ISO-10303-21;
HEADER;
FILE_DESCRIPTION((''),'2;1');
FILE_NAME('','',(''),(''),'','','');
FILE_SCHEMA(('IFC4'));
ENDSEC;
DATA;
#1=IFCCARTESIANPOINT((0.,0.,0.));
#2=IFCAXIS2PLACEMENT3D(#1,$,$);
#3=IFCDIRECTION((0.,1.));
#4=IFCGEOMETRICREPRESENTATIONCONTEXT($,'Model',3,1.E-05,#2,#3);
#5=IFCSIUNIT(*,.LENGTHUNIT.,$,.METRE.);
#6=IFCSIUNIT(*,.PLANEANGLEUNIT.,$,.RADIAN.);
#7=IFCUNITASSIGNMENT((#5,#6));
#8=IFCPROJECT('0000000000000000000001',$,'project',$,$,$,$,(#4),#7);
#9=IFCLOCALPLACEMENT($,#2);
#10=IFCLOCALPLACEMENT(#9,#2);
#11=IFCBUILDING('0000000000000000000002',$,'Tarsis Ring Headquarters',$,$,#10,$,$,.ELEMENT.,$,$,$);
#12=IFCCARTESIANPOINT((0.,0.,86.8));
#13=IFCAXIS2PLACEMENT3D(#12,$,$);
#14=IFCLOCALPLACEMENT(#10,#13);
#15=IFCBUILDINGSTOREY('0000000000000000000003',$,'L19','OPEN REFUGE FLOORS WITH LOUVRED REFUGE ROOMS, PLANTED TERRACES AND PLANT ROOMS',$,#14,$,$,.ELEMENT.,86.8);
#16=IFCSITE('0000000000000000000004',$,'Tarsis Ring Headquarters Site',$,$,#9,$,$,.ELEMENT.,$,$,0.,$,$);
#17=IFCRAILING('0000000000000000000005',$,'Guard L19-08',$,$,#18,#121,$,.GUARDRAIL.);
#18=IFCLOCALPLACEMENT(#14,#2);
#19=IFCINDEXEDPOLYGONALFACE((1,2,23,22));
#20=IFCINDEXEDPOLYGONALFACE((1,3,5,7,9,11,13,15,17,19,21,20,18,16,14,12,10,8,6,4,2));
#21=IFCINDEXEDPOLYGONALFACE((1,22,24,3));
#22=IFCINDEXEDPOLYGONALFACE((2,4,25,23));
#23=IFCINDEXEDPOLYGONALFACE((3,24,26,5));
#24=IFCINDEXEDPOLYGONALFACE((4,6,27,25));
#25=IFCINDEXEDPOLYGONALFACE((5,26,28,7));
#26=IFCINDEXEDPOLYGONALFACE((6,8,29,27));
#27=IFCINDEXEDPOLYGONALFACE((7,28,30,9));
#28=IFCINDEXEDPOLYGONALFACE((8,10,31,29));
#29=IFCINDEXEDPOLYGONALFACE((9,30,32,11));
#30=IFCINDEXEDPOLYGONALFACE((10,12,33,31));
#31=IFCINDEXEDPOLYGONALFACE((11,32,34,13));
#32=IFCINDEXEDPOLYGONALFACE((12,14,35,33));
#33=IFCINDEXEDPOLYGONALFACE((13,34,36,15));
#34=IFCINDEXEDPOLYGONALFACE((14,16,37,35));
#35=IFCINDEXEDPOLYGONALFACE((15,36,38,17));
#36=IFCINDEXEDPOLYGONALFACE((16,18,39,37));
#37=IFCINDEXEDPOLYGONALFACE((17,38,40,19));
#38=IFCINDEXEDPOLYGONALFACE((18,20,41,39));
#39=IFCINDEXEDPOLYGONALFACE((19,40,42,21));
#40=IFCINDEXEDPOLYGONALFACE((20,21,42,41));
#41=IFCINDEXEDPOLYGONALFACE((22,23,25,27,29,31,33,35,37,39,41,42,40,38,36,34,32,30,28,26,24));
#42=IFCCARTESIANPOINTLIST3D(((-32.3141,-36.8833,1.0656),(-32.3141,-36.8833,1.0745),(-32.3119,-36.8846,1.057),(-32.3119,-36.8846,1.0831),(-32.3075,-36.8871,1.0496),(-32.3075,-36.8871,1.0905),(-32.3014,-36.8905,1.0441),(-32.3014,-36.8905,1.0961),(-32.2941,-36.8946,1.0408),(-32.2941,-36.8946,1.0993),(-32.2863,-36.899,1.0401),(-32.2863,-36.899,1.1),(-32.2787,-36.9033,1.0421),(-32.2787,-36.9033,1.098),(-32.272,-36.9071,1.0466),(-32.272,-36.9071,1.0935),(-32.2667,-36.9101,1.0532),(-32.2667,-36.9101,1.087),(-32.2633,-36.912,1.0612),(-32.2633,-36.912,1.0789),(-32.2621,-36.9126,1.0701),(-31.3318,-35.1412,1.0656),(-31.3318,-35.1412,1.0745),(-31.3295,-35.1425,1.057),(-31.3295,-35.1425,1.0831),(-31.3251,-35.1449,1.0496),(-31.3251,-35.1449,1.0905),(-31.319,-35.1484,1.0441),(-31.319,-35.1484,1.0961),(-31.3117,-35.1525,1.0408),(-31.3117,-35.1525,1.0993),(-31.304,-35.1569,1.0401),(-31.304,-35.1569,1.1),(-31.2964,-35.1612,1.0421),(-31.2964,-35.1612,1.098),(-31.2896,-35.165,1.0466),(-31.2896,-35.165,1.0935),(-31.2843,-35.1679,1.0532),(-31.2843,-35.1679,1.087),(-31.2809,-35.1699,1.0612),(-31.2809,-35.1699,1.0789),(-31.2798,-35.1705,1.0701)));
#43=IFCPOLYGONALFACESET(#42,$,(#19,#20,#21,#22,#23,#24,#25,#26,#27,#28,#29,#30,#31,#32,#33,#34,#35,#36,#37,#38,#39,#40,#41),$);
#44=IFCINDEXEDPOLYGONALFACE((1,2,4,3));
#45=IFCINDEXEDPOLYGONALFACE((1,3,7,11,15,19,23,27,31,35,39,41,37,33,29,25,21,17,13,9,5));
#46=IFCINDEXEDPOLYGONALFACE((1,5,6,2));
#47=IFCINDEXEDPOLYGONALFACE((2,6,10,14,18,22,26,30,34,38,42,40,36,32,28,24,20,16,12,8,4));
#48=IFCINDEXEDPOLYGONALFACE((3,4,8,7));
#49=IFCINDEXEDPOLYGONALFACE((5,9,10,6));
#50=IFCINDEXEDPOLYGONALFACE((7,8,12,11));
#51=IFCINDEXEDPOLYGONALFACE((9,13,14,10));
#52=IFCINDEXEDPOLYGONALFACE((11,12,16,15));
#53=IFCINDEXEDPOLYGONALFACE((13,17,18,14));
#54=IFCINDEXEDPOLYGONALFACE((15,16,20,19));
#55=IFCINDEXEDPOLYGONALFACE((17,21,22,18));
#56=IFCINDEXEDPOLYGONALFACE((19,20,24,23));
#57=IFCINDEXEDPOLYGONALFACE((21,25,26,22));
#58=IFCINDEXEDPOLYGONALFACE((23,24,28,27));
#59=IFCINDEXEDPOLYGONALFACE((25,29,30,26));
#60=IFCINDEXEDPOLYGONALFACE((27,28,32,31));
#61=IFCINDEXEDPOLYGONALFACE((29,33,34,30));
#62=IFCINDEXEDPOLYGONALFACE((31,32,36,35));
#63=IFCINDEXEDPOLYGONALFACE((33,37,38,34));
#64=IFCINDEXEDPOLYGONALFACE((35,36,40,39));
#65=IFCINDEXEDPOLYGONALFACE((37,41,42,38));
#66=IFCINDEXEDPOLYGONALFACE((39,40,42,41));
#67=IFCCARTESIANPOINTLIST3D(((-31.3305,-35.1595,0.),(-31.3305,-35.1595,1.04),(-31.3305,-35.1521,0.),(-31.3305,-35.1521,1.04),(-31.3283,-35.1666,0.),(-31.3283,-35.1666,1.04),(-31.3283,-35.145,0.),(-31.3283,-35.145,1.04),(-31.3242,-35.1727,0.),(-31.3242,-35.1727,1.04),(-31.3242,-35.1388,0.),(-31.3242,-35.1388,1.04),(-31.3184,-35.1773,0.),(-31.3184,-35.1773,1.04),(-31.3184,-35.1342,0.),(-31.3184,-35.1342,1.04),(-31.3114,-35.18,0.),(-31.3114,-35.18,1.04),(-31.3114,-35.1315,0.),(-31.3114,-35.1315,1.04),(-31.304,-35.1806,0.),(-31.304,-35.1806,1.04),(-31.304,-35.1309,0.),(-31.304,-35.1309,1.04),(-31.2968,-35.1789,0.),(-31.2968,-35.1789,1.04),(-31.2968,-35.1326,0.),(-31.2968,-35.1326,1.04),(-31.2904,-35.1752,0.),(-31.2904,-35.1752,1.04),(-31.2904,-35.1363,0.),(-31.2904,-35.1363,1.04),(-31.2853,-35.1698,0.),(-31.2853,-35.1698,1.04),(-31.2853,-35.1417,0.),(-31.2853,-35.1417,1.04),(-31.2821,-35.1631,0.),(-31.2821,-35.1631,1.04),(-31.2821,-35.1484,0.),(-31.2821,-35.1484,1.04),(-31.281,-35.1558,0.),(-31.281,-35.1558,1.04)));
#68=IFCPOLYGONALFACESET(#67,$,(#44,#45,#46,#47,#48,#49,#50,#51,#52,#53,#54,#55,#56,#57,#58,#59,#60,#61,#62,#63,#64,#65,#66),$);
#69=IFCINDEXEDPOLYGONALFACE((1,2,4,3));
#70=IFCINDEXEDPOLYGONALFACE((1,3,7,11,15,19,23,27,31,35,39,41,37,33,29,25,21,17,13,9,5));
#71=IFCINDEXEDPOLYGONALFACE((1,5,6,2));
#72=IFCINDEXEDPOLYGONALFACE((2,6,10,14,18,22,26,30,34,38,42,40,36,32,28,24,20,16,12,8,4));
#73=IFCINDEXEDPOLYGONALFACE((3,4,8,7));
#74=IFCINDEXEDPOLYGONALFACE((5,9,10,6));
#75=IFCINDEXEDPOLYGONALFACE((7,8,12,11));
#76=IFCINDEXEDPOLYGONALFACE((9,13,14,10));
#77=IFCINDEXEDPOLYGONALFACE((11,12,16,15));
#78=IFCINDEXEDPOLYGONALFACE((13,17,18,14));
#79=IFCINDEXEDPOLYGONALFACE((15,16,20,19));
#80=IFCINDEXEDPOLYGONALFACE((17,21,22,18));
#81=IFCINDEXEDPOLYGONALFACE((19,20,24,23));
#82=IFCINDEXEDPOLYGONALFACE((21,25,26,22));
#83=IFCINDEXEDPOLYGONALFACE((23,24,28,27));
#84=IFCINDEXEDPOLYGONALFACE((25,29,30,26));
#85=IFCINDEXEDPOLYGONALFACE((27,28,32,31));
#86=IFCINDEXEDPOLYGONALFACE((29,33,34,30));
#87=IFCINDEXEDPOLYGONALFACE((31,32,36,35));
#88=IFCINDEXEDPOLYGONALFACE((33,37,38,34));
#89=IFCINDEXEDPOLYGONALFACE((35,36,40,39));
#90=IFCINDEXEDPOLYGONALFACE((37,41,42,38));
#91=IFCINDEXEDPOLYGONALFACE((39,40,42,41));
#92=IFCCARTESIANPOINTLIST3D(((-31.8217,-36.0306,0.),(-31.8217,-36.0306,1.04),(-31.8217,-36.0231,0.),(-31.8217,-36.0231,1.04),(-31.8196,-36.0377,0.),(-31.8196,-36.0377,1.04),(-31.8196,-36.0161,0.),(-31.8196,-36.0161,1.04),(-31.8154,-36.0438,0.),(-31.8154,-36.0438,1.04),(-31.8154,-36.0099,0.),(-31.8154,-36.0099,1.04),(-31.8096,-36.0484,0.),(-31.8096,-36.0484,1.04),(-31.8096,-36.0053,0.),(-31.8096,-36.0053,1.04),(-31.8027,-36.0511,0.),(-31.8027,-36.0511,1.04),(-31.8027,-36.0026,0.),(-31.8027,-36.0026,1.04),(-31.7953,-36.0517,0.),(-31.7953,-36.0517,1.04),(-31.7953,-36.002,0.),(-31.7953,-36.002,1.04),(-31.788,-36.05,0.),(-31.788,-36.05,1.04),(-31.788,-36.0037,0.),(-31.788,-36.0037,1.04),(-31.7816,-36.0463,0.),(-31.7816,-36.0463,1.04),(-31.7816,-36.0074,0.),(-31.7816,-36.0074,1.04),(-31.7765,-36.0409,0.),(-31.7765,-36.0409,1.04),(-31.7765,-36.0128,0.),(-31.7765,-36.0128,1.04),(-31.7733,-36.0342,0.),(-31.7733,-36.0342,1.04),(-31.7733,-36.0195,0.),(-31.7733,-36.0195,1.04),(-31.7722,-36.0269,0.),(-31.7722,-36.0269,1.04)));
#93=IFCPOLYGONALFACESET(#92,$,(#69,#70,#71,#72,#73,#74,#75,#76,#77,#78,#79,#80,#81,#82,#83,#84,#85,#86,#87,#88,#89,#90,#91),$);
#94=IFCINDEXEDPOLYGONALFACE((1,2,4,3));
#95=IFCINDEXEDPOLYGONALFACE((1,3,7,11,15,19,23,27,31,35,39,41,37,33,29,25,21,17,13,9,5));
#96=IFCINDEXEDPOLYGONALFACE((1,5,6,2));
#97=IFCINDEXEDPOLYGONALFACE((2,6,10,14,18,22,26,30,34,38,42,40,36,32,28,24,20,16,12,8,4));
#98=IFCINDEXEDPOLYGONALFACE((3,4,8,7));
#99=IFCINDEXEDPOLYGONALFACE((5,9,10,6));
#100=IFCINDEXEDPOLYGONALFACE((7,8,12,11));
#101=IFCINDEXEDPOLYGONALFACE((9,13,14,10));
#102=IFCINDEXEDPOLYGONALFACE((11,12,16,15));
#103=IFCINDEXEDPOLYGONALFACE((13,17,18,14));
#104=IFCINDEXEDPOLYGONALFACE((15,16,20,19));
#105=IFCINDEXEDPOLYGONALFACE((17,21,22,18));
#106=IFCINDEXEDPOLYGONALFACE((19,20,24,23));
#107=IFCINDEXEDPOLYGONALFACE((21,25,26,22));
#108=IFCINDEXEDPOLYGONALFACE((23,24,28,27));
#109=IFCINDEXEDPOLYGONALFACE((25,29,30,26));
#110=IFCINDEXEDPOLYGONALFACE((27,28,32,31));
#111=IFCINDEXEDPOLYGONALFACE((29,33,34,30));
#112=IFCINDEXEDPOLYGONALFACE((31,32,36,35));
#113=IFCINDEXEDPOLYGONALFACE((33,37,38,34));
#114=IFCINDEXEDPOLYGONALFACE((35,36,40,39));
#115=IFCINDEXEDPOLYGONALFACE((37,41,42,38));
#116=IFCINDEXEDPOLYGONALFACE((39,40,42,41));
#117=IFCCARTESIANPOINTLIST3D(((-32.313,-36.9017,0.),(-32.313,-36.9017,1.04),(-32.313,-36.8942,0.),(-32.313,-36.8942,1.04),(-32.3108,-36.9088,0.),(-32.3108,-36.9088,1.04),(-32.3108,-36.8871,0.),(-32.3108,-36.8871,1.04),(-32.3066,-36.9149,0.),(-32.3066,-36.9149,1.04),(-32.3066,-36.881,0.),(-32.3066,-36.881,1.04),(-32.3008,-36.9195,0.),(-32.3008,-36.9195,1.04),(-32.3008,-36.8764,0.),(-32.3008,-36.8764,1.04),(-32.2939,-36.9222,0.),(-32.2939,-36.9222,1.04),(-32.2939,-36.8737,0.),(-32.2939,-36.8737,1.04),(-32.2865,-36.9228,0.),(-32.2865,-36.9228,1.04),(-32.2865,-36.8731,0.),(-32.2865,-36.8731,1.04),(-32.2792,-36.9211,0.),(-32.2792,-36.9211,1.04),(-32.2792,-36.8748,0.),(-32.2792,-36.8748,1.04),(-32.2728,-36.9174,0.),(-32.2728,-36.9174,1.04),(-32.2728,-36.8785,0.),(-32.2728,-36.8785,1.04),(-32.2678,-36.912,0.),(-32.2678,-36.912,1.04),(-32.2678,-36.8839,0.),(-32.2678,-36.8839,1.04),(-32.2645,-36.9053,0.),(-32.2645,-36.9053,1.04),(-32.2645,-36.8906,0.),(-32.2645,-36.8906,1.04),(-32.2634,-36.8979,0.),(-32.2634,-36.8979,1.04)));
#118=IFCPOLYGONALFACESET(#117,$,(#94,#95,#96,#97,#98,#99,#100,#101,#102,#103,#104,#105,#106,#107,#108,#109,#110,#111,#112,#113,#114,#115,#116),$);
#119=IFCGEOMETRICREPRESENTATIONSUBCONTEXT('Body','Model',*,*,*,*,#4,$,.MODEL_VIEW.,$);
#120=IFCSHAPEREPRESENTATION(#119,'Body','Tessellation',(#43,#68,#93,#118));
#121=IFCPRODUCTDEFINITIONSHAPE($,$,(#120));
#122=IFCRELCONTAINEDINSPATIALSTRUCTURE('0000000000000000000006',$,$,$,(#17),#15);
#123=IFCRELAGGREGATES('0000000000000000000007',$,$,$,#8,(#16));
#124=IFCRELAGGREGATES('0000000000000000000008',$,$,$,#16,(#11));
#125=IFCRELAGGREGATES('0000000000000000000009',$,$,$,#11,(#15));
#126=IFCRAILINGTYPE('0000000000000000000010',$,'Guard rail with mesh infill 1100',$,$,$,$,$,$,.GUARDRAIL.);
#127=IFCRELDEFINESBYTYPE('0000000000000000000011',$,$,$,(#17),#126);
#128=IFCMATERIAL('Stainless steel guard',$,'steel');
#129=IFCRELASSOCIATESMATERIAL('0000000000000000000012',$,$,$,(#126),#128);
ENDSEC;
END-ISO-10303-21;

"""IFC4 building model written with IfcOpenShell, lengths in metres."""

from ifc_helpers import new_model, si_unit, direction, frame, origin, origin_2d, place, context, subcontext, project, spatial, circle, extrude, material, type_object, element, save


model = new_model("IFC4")

# Units and contexts
model_context = context("Model", 3, precision=1e-05, world=origin(), true_north=direction((0.0, 1.0)))
body_context = subcontext(model_context, "Body", "Model", "MODEL_VIEW")
ifc_project = project(units=[si_unit("LENGTHUNIT", "METRE"), si_unit("PLANEANGLEUNIT", "RADIAN")], contexts=[model_context])

# Site, building, storey
site_placement = place(None, origin())
site = spatial("IfcSite", under=ifc_project, at=site_placement, Name="Tarsis Ring Headquarters Site", CompositionType="ELEMENT", RefElevation=0.0)
building_placement = place(site_placement, origin())
building = spatial("IfcBuilding", under=site, at=building_placement, Name="Tarsis Ring Headquarters", CompositionType="ELEMENT")
storey_placement = place(building_placement, frame((0.0, 0.0, 86.8)))
storey = spatial("IfcBuildingStorey", under=building, at=storey_placement, Name="L19", Description="OPEN REFUGE FLOORS WITH LOUVRED REFUGE ROOMS, PLANTED TERRACES AND PLANT ROOMS", CompositionType="ELEMENT", Elevation=86.8)

# Railing
ifc_material_1 = material(Name="Stainless steel guard", Category="steel")
railing_type_1 = type_object("IfcRailingType", Name="Guard rail with mesh infill 1100", PredefinedType="GUARDRAIL", material=ifc_material_1)
railing_1_placement = place(storey_placement, frame((-31.3059, -35.1558, 0.0)))
element("IfcRailing", 1, at=railing_1_placement, inside=storey, type_object=railing_type_1, Name="Guard L19-08", PredefinedType="GUARDRAIL", context=body_context, shape_type="SweptSolid", body=[
    extrude(circle(Radius=0.03, at=origin_2d()), frame((0.0, 0.0, 1.0701), z_axis=(-0.491188, -0.871053, 0.0), x_axis=(0.871053, -0.491188, 0.0)), (0.0, 0.0, 1.0), 2.0),
    extrude(circle(Radius=0.0249, at=origin_2d()), origin(), (0.0, 0.0, 1.0), 1.04),
    extrude(circle(Radius=0.0249, at=origin_2d()), frame((-0.4912, -0.8711, 0.0)), (0.0, 0.0, 1.0), 1.04),
    extrude(circle(Radius=0.0249, at=origin_2d()), frame((-0.9824, -1.7422, 0.0)), (0.0, 0.0, 1.0), 1.04),
])

save(model, "model.ifc")
